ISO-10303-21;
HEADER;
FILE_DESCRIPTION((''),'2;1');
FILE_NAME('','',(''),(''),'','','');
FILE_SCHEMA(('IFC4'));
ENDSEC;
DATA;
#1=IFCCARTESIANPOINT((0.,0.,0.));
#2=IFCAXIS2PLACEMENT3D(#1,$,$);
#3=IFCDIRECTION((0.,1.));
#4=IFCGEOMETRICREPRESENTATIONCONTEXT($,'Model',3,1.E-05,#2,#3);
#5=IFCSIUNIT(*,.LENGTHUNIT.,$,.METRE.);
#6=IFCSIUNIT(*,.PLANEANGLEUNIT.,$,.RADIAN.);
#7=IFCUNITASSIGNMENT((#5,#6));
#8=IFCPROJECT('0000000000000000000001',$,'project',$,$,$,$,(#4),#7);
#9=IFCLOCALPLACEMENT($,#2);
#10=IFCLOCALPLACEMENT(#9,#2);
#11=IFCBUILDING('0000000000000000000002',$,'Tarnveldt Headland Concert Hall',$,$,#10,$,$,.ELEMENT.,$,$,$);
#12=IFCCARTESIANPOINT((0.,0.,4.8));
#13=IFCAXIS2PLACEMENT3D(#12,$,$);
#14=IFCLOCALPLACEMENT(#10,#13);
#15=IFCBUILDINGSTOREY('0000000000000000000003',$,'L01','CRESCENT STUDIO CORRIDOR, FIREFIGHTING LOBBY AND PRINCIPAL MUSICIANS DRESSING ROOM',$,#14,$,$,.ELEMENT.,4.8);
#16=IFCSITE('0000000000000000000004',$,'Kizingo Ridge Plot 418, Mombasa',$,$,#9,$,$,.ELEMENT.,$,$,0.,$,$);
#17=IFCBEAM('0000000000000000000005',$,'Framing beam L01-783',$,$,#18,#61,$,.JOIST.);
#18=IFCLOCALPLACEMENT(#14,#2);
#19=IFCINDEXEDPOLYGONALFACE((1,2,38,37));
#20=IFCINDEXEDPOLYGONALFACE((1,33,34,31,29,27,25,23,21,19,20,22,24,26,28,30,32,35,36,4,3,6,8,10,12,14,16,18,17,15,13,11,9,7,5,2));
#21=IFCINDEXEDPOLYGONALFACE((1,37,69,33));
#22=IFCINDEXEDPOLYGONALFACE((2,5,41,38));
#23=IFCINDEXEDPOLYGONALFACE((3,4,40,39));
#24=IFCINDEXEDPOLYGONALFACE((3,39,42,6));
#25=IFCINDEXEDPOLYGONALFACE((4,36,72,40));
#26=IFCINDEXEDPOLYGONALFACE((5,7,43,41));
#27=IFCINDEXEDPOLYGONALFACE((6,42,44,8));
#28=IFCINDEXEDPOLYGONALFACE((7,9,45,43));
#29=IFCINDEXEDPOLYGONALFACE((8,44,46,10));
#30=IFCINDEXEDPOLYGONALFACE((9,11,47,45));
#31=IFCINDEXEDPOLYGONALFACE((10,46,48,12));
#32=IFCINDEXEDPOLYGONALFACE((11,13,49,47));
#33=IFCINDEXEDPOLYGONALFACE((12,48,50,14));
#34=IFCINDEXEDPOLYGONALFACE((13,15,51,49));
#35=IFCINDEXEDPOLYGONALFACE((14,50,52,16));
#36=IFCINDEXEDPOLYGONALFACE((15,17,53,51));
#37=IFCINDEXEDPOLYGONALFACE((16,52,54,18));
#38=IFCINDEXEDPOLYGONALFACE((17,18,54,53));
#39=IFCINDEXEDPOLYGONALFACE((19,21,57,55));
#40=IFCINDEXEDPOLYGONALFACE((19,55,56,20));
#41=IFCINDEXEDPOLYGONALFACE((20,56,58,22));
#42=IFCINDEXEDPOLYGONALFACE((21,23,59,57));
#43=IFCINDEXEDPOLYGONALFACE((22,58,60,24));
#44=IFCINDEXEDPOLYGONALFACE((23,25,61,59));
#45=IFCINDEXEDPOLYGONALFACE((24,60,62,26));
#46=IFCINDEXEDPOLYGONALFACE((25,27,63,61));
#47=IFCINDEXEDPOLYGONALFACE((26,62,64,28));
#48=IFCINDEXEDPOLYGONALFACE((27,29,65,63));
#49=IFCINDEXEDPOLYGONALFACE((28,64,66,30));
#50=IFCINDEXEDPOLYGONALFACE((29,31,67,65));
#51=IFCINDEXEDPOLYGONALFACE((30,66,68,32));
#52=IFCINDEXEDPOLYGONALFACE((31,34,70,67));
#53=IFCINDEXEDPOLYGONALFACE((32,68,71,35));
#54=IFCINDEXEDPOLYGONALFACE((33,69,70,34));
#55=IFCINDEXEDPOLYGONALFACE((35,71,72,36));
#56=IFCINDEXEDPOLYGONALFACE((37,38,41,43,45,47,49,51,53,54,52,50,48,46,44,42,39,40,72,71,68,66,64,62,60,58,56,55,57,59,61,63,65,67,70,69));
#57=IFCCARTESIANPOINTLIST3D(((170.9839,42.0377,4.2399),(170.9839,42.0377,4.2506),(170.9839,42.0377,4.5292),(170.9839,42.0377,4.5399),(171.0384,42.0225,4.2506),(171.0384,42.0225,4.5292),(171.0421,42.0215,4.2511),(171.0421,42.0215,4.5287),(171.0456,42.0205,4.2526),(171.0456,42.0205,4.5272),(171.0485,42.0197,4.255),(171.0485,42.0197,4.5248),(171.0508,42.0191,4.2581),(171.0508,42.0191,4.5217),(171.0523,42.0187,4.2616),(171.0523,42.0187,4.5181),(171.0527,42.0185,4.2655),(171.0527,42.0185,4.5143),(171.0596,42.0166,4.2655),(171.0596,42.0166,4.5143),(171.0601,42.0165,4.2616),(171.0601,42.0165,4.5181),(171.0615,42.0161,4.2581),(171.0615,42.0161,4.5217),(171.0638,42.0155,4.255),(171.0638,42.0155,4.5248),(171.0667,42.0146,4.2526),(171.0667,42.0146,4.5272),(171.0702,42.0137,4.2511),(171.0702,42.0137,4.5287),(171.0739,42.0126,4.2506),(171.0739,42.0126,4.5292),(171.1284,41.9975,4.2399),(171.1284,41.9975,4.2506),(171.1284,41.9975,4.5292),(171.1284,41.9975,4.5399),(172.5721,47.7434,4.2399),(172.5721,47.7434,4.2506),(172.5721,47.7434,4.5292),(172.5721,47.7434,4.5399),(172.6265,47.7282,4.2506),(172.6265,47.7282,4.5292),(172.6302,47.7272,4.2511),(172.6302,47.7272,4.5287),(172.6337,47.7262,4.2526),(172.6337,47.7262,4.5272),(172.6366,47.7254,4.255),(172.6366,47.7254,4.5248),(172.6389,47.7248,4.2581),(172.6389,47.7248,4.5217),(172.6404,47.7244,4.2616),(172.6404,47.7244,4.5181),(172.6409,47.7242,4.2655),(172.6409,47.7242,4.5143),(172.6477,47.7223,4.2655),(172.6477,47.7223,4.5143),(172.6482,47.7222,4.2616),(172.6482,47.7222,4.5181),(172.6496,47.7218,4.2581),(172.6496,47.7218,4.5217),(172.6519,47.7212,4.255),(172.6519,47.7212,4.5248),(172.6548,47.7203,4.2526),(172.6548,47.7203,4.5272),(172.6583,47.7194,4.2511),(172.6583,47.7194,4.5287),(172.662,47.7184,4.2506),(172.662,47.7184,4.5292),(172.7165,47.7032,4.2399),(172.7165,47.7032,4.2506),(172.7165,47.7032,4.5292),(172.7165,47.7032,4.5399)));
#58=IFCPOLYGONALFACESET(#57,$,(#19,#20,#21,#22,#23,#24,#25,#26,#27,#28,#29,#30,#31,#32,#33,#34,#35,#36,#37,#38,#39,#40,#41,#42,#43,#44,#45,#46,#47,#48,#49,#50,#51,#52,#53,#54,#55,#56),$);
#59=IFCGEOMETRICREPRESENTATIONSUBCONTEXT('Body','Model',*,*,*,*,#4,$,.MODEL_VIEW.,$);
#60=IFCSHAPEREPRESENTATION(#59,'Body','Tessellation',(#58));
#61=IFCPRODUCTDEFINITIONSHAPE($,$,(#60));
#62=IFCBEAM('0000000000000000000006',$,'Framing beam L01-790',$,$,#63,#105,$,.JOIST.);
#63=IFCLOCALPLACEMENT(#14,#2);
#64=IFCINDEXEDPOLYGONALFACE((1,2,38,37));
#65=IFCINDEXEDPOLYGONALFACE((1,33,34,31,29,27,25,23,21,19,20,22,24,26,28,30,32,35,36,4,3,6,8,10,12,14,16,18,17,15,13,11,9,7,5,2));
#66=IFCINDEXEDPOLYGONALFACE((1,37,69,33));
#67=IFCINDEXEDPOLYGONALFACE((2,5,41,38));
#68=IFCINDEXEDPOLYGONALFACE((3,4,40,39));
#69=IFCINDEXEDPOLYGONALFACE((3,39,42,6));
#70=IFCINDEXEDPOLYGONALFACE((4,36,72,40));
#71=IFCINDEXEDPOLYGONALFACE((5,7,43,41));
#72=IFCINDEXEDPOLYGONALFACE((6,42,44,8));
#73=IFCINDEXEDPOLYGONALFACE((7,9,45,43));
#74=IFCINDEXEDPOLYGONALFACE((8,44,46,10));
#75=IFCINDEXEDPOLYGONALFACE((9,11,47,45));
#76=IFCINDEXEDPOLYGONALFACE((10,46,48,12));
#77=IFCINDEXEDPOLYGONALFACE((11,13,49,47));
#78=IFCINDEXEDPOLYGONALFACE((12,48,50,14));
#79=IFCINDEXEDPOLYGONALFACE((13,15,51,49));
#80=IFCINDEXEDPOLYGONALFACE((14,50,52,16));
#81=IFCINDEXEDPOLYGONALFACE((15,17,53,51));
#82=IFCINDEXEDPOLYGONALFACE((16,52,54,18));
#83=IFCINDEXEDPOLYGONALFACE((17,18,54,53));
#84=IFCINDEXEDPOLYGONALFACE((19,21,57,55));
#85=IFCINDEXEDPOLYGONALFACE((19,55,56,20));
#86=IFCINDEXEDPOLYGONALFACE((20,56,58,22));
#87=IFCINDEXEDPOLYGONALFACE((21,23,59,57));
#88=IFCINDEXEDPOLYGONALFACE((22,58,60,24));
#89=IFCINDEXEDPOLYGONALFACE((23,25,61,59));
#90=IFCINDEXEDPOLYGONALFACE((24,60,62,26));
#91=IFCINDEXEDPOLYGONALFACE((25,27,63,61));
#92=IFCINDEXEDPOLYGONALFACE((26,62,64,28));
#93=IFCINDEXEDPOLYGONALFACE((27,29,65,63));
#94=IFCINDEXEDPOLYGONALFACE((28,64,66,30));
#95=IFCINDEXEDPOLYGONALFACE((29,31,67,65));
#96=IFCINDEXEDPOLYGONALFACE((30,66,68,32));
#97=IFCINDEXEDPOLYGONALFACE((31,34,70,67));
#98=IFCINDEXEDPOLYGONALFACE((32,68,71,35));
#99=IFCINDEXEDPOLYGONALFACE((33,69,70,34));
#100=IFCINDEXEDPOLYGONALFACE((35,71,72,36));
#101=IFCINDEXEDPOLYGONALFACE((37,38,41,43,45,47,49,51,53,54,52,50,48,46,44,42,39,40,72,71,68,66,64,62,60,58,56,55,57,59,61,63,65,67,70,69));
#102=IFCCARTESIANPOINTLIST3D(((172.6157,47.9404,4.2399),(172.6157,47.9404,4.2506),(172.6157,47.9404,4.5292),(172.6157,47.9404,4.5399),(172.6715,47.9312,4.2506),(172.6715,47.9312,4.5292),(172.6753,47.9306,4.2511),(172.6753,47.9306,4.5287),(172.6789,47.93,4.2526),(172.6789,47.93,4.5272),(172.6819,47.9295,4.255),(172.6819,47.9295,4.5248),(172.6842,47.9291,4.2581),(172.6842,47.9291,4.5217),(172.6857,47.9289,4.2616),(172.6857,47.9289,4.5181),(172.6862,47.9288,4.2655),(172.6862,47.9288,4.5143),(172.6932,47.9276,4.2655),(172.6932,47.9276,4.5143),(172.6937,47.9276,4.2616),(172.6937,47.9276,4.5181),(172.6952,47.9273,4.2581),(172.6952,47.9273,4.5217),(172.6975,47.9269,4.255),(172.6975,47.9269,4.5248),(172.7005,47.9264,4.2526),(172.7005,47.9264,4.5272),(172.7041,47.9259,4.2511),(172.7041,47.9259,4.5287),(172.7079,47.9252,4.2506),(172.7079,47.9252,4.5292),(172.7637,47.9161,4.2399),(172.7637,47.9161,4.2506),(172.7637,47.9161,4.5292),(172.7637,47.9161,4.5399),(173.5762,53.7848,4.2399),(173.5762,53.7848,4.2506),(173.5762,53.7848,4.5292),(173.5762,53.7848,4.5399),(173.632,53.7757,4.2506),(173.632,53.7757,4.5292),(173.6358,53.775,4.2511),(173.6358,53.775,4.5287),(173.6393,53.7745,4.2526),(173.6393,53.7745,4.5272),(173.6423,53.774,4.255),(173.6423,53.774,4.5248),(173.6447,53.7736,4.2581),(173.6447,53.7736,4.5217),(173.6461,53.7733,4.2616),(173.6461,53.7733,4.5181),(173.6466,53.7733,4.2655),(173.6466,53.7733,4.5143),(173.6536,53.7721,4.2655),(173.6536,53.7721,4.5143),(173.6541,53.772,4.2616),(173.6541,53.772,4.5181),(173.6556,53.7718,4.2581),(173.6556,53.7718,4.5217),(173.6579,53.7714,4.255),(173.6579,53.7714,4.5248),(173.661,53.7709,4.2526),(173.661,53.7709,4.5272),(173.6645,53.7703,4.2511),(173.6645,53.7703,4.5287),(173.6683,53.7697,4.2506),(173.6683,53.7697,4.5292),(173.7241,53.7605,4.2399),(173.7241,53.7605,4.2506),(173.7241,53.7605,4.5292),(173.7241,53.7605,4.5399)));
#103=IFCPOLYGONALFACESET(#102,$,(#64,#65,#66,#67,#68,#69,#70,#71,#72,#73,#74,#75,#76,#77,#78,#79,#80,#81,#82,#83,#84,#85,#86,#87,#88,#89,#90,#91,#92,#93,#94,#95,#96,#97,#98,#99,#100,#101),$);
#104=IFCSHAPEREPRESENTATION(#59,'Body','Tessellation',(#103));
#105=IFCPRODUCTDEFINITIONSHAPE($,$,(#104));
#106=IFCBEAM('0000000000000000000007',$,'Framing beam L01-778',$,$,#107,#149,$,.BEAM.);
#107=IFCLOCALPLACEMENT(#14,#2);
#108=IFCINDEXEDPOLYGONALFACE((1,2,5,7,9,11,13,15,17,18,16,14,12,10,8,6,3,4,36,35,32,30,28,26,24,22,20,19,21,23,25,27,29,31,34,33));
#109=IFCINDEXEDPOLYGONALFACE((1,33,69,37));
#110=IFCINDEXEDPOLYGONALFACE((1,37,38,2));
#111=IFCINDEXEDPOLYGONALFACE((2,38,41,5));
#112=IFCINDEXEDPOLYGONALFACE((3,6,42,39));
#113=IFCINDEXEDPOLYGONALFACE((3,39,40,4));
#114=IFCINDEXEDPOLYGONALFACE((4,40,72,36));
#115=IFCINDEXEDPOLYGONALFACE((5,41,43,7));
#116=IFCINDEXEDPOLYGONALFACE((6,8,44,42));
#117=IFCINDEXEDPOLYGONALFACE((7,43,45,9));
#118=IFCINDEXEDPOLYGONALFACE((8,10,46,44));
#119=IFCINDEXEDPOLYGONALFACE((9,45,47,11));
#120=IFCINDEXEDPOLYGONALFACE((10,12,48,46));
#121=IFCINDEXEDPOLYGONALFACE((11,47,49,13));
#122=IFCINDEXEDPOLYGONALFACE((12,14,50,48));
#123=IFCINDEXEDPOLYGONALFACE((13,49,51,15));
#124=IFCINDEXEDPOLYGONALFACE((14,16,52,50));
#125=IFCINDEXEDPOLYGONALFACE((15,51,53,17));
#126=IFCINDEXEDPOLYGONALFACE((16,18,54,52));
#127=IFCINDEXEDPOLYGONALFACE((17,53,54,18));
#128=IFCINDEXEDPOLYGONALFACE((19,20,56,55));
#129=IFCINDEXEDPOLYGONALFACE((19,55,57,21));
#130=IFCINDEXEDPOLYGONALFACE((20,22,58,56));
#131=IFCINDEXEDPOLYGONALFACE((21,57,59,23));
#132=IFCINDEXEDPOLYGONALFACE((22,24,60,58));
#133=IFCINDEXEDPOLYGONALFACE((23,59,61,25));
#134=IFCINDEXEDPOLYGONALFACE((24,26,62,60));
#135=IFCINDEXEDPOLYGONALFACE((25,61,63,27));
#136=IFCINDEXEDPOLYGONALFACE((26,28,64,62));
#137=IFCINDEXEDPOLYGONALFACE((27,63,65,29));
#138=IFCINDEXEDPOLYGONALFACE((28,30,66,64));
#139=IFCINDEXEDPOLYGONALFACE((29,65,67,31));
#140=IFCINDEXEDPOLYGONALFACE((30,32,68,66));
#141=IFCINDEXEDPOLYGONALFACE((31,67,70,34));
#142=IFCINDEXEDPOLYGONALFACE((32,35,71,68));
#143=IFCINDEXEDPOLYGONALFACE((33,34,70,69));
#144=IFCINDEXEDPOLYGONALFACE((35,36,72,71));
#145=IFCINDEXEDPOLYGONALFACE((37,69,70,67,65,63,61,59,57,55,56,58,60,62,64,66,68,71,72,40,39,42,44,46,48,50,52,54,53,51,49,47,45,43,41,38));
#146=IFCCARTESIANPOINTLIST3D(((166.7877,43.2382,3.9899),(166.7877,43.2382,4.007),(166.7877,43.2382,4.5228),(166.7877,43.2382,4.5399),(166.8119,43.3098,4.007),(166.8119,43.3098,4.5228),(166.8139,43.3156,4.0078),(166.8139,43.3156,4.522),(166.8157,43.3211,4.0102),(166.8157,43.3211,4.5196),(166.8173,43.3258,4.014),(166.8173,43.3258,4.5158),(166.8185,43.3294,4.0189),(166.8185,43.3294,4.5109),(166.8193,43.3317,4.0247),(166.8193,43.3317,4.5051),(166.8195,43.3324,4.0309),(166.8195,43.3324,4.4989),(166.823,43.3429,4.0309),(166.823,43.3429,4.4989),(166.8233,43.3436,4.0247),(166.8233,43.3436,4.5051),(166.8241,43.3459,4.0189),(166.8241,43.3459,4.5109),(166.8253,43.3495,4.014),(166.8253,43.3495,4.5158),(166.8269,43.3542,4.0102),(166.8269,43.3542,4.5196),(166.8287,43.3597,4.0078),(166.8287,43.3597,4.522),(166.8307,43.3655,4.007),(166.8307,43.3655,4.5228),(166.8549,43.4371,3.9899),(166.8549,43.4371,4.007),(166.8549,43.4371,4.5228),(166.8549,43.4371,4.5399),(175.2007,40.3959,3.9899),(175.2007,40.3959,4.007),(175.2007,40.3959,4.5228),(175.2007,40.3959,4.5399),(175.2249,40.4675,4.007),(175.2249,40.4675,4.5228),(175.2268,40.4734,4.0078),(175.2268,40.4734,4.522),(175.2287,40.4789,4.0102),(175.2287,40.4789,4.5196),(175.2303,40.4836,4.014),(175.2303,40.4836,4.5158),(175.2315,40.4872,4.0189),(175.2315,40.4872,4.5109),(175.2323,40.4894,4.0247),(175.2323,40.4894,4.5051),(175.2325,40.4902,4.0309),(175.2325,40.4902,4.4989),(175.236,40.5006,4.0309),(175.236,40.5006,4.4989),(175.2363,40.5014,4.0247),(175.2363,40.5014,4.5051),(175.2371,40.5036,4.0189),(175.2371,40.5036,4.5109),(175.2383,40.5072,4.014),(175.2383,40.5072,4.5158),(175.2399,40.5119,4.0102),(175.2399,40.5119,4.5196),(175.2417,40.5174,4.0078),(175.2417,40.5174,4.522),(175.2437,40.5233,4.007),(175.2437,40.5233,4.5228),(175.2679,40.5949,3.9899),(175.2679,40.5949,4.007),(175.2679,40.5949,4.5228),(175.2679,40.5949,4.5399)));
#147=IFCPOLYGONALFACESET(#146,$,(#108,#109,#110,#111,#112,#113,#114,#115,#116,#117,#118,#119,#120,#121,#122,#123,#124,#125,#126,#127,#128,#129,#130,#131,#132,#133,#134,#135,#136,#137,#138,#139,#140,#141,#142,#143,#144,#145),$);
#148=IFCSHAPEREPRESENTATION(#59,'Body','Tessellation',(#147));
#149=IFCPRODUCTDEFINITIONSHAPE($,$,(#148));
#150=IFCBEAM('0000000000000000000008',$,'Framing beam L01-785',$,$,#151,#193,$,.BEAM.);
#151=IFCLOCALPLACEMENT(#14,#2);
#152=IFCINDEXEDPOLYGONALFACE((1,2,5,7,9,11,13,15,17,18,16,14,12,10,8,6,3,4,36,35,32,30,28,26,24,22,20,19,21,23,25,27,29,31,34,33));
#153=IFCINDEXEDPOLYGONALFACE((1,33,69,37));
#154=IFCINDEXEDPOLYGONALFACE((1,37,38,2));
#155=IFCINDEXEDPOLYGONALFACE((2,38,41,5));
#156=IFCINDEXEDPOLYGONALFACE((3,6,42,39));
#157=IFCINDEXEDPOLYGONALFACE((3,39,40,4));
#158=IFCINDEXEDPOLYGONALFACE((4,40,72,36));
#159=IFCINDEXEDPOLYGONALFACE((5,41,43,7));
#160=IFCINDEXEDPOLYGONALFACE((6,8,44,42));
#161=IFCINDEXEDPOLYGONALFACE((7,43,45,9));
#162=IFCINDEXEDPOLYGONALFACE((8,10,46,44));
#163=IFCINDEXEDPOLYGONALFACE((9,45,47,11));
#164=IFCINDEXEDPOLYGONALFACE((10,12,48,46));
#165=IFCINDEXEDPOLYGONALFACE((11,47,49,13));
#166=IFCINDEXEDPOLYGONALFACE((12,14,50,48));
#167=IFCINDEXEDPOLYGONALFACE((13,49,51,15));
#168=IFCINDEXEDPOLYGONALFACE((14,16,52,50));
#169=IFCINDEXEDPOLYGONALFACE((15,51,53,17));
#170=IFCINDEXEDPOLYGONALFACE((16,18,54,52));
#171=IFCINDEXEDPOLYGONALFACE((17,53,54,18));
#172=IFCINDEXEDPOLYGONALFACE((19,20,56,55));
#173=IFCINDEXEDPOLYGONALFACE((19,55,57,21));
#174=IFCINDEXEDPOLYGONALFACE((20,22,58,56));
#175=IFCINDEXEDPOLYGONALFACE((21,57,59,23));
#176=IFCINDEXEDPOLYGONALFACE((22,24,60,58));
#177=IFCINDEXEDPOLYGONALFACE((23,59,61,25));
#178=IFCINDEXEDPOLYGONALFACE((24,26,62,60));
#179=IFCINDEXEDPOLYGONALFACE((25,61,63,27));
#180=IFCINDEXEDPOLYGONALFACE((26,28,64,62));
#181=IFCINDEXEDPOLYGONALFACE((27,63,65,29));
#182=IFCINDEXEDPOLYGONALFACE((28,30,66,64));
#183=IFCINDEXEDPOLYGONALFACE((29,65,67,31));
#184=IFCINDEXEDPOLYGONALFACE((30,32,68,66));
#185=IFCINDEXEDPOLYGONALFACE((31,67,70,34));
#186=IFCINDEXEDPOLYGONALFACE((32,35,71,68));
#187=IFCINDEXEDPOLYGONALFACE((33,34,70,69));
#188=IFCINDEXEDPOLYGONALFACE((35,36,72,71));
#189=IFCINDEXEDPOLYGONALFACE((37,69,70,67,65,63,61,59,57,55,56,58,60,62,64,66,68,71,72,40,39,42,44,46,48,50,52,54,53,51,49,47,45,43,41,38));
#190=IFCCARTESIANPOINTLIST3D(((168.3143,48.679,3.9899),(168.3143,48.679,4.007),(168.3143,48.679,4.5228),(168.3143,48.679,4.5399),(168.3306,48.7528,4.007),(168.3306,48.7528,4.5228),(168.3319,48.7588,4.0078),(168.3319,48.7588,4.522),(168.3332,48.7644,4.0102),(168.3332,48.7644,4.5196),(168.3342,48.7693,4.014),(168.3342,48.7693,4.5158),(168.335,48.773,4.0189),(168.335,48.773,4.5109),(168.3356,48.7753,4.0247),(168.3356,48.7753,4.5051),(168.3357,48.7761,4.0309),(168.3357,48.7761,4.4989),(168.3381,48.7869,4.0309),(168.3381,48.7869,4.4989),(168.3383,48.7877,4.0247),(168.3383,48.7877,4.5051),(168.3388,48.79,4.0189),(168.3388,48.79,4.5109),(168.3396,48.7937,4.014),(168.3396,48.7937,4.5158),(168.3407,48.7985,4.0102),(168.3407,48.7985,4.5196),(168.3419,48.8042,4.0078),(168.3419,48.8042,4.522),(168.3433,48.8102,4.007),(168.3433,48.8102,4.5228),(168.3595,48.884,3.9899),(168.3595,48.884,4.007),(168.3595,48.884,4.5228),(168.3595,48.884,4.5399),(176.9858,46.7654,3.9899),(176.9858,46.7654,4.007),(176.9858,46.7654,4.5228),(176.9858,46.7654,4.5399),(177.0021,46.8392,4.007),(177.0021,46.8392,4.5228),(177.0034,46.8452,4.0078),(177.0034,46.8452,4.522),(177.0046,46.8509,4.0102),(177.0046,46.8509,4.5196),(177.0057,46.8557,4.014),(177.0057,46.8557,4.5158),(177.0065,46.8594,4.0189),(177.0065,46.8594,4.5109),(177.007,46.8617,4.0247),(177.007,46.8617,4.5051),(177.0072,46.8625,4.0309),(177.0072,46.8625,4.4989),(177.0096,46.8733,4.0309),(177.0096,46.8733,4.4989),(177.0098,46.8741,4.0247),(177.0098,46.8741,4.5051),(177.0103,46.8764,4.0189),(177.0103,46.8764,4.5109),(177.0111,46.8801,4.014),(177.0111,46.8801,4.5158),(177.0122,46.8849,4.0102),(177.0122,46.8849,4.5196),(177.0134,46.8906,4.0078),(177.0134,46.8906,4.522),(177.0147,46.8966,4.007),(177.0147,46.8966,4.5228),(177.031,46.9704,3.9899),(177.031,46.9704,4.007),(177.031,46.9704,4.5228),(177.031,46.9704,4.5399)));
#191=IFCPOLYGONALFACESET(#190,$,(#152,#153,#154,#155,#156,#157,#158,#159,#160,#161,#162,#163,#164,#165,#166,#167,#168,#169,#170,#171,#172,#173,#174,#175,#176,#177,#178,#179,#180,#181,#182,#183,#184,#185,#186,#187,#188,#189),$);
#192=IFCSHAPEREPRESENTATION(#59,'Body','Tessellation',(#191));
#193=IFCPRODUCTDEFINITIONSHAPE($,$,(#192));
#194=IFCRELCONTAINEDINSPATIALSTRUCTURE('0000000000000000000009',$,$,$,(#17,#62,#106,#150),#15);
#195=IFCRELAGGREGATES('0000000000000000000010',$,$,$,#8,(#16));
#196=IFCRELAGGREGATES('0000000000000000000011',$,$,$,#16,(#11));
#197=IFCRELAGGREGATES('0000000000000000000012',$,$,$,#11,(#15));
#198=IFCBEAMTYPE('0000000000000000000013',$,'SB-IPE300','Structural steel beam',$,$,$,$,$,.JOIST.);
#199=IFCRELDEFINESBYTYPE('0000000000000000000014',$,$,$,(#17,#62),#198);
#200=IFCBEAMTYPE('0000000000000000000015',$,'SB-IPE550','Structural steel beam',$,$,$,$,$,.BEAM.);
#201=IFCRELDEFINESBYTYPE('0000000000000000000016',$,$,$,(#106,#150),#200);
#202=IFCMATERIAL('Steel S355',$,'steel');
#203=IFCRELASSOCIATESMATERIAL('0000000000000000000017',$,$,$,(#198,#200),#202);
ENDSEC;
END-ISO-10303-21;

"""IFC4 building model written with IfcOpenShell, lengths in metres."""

from ifc_helpers import new_model, si_unit, direction, frame, origin, origin_2d, place, context, subcontext, project, spatial, i_section, extrude, material, material_profile, profile_set, type_object, element, save


model = new_model("IFC4")

# Units and contexts
model_context = context("Model", 3, precision=1e-05, world=origin(), true_north=direction((0.0, 1.0)))
body_context = subcontext(model_context, "Body", "Model", "MODEL_VIEW")
ifc_project = project(units=[si_unit("LENGTHUNIT", "METRE"), si_unit("PLANEANGLEUNIT", "RADIAN")], contexts=[model_context])

# Site, building, storey
site_placement = place(None, origin())
site = spatial("IfcSite", under=ifc_project, at=site_placement, Name="Kizingo Ridge Plot 418, Mombasa", CompositionType="ELEMENT", RefElevation=0.0)
building_placement = place(site_placement, origin())
building = spatial("IfcBuilding", under=site, at=building_placement, Name="Tarnveldt Headland Concert Hall", CompositionType="ELEMENT")
storey_placement = place(building_placement, frame((0.0, 0.0, 4.8)))
storey = spatial("IfcBuildingStorey", under=building, at=storey_placement, Name="L01", Description="CRESCENT STUDIO CORRIDOR, FIREFIGHTING LOBBY AND PRINCIPAL MUSICIANS DRESSING ROOM", CompositionType="ELEMENT", Elevation=4.8)

# Beams
ifc_material_1 = material(Name="Steel S355", Category="steel")
ifc_material_profile_1 = material_profile(ifc_material_1, i_section(OverallWidth=0.1499, OverallDepth=0.3, WebThickness=0.0071, FlangeThickness=0.0107, FilletRadius=0.0149, at=origin_2d()), Name="IPE300", Category="steel")
ifc_profile_set_1 = profile_set([ifc_material_profile_1], Name="Steel S355")
beam_type_1 = type_object("IfcBeamType", Name="SB-IPE300", Description="Structural steel beam", PredefinedType="JOIST", material=ifc_profile_set_1)
beam_1_placement = place(storey_placement, frame((171.0562, 42.0176, 4.3899), z_axis=(0.268143, 0.963379, 0.0), x_axis=(-0.963379, 0.268143, 0.0)))
element("IfcBeam", 1, at=beam_1_placement, inside=storey, type_object=beam_type_1, Name="Framing beam L01-783", PredefinedType="JOIST", context=body_context, shape_type="SweptSolid", body=[
    extrude(i_section(OverallWidth=0.1499, OverallDepth=0.3, WebThickness=0.0071, FlangeThickness=0.0107, FilletRadius=0.0149, at=origin_2d()), origin(), (0.0, 0.0, 1.0), 5.9226),
])
beam_2_placement = place(storey_placement, frame((172.6897, 47.9282, 4.3899), z_axis=(0.162159, 0.986765, 0.0), x_axis=(-0.986765, 0.162159, 0.0)))
element("IfcBeam", 2, at=beam_2_placement, inside=storey, type_object=beam_type_1, Name="Framing beam L01-790", PredefinedType="JOIST", context=body_context, shape_type="SweptSolid", body=[
    extrude(i_section(OverallWidth=0.1499, OverallDepth=0.3, WebThickness=0.0071, FlangeThickness=0.0107, FilletRadius=0.0149, at=origin_2d()), origin(), (0.0, 0.0, 1.0), 5.9229),
])
ifc_material_profile_2 = material_profile(ifc_material_1, i_section(OverallWidth=0.21, OverallDepth=0.55, WebThickness=0.011, FlangeThickness=0.0171, FilletRadius=0.0239, at=origin_2d()), Name="IPE550", Category="steel")
ifc_profile_set_2 = profile_set([ifc_material_profile_2], Name="Steel S355")
beam_type_2 = type_object("IfcBeamType", Name="SB-IPE550", Description="Structural steel beam", PredefinedType="BEAM", material=ifc_profile_set_2)
for number, where, z_axis, x_axis, name in (
    (3, (166.8213, 43.3376, 4.2649), (0.947394, -0.320069, 0.0), (0.320069, 0.947394, 0.0), "Framing beam L01-778"),
    (4, (168.3369, 48.7815, 4.2649), (0.976506, -0.215492, 0.0), (0.215492, 0.976506, 0.0), "Framing beam L01-785"),
):
    element("IfcBeam", number, at=place(storey_placement, frame(where, z_axis=z_axis, x_axis=x_axis)), inside=storey, type_object=beam_type_2, Name=name, PredefinedType="BEAM", context=body_context, shape_type="SweptSolid", body=[
        extrude(i_section(OverallWidth=0.21, OverallDepth=0.55, WebThickness=0.011, FlangeThickness=0.0171, FilletRadius=0.0239, at=origin_2d()), origin(), (0.0, 0.0, 1.0), 8.8801),
    ])

save(model, "model.ifc")
